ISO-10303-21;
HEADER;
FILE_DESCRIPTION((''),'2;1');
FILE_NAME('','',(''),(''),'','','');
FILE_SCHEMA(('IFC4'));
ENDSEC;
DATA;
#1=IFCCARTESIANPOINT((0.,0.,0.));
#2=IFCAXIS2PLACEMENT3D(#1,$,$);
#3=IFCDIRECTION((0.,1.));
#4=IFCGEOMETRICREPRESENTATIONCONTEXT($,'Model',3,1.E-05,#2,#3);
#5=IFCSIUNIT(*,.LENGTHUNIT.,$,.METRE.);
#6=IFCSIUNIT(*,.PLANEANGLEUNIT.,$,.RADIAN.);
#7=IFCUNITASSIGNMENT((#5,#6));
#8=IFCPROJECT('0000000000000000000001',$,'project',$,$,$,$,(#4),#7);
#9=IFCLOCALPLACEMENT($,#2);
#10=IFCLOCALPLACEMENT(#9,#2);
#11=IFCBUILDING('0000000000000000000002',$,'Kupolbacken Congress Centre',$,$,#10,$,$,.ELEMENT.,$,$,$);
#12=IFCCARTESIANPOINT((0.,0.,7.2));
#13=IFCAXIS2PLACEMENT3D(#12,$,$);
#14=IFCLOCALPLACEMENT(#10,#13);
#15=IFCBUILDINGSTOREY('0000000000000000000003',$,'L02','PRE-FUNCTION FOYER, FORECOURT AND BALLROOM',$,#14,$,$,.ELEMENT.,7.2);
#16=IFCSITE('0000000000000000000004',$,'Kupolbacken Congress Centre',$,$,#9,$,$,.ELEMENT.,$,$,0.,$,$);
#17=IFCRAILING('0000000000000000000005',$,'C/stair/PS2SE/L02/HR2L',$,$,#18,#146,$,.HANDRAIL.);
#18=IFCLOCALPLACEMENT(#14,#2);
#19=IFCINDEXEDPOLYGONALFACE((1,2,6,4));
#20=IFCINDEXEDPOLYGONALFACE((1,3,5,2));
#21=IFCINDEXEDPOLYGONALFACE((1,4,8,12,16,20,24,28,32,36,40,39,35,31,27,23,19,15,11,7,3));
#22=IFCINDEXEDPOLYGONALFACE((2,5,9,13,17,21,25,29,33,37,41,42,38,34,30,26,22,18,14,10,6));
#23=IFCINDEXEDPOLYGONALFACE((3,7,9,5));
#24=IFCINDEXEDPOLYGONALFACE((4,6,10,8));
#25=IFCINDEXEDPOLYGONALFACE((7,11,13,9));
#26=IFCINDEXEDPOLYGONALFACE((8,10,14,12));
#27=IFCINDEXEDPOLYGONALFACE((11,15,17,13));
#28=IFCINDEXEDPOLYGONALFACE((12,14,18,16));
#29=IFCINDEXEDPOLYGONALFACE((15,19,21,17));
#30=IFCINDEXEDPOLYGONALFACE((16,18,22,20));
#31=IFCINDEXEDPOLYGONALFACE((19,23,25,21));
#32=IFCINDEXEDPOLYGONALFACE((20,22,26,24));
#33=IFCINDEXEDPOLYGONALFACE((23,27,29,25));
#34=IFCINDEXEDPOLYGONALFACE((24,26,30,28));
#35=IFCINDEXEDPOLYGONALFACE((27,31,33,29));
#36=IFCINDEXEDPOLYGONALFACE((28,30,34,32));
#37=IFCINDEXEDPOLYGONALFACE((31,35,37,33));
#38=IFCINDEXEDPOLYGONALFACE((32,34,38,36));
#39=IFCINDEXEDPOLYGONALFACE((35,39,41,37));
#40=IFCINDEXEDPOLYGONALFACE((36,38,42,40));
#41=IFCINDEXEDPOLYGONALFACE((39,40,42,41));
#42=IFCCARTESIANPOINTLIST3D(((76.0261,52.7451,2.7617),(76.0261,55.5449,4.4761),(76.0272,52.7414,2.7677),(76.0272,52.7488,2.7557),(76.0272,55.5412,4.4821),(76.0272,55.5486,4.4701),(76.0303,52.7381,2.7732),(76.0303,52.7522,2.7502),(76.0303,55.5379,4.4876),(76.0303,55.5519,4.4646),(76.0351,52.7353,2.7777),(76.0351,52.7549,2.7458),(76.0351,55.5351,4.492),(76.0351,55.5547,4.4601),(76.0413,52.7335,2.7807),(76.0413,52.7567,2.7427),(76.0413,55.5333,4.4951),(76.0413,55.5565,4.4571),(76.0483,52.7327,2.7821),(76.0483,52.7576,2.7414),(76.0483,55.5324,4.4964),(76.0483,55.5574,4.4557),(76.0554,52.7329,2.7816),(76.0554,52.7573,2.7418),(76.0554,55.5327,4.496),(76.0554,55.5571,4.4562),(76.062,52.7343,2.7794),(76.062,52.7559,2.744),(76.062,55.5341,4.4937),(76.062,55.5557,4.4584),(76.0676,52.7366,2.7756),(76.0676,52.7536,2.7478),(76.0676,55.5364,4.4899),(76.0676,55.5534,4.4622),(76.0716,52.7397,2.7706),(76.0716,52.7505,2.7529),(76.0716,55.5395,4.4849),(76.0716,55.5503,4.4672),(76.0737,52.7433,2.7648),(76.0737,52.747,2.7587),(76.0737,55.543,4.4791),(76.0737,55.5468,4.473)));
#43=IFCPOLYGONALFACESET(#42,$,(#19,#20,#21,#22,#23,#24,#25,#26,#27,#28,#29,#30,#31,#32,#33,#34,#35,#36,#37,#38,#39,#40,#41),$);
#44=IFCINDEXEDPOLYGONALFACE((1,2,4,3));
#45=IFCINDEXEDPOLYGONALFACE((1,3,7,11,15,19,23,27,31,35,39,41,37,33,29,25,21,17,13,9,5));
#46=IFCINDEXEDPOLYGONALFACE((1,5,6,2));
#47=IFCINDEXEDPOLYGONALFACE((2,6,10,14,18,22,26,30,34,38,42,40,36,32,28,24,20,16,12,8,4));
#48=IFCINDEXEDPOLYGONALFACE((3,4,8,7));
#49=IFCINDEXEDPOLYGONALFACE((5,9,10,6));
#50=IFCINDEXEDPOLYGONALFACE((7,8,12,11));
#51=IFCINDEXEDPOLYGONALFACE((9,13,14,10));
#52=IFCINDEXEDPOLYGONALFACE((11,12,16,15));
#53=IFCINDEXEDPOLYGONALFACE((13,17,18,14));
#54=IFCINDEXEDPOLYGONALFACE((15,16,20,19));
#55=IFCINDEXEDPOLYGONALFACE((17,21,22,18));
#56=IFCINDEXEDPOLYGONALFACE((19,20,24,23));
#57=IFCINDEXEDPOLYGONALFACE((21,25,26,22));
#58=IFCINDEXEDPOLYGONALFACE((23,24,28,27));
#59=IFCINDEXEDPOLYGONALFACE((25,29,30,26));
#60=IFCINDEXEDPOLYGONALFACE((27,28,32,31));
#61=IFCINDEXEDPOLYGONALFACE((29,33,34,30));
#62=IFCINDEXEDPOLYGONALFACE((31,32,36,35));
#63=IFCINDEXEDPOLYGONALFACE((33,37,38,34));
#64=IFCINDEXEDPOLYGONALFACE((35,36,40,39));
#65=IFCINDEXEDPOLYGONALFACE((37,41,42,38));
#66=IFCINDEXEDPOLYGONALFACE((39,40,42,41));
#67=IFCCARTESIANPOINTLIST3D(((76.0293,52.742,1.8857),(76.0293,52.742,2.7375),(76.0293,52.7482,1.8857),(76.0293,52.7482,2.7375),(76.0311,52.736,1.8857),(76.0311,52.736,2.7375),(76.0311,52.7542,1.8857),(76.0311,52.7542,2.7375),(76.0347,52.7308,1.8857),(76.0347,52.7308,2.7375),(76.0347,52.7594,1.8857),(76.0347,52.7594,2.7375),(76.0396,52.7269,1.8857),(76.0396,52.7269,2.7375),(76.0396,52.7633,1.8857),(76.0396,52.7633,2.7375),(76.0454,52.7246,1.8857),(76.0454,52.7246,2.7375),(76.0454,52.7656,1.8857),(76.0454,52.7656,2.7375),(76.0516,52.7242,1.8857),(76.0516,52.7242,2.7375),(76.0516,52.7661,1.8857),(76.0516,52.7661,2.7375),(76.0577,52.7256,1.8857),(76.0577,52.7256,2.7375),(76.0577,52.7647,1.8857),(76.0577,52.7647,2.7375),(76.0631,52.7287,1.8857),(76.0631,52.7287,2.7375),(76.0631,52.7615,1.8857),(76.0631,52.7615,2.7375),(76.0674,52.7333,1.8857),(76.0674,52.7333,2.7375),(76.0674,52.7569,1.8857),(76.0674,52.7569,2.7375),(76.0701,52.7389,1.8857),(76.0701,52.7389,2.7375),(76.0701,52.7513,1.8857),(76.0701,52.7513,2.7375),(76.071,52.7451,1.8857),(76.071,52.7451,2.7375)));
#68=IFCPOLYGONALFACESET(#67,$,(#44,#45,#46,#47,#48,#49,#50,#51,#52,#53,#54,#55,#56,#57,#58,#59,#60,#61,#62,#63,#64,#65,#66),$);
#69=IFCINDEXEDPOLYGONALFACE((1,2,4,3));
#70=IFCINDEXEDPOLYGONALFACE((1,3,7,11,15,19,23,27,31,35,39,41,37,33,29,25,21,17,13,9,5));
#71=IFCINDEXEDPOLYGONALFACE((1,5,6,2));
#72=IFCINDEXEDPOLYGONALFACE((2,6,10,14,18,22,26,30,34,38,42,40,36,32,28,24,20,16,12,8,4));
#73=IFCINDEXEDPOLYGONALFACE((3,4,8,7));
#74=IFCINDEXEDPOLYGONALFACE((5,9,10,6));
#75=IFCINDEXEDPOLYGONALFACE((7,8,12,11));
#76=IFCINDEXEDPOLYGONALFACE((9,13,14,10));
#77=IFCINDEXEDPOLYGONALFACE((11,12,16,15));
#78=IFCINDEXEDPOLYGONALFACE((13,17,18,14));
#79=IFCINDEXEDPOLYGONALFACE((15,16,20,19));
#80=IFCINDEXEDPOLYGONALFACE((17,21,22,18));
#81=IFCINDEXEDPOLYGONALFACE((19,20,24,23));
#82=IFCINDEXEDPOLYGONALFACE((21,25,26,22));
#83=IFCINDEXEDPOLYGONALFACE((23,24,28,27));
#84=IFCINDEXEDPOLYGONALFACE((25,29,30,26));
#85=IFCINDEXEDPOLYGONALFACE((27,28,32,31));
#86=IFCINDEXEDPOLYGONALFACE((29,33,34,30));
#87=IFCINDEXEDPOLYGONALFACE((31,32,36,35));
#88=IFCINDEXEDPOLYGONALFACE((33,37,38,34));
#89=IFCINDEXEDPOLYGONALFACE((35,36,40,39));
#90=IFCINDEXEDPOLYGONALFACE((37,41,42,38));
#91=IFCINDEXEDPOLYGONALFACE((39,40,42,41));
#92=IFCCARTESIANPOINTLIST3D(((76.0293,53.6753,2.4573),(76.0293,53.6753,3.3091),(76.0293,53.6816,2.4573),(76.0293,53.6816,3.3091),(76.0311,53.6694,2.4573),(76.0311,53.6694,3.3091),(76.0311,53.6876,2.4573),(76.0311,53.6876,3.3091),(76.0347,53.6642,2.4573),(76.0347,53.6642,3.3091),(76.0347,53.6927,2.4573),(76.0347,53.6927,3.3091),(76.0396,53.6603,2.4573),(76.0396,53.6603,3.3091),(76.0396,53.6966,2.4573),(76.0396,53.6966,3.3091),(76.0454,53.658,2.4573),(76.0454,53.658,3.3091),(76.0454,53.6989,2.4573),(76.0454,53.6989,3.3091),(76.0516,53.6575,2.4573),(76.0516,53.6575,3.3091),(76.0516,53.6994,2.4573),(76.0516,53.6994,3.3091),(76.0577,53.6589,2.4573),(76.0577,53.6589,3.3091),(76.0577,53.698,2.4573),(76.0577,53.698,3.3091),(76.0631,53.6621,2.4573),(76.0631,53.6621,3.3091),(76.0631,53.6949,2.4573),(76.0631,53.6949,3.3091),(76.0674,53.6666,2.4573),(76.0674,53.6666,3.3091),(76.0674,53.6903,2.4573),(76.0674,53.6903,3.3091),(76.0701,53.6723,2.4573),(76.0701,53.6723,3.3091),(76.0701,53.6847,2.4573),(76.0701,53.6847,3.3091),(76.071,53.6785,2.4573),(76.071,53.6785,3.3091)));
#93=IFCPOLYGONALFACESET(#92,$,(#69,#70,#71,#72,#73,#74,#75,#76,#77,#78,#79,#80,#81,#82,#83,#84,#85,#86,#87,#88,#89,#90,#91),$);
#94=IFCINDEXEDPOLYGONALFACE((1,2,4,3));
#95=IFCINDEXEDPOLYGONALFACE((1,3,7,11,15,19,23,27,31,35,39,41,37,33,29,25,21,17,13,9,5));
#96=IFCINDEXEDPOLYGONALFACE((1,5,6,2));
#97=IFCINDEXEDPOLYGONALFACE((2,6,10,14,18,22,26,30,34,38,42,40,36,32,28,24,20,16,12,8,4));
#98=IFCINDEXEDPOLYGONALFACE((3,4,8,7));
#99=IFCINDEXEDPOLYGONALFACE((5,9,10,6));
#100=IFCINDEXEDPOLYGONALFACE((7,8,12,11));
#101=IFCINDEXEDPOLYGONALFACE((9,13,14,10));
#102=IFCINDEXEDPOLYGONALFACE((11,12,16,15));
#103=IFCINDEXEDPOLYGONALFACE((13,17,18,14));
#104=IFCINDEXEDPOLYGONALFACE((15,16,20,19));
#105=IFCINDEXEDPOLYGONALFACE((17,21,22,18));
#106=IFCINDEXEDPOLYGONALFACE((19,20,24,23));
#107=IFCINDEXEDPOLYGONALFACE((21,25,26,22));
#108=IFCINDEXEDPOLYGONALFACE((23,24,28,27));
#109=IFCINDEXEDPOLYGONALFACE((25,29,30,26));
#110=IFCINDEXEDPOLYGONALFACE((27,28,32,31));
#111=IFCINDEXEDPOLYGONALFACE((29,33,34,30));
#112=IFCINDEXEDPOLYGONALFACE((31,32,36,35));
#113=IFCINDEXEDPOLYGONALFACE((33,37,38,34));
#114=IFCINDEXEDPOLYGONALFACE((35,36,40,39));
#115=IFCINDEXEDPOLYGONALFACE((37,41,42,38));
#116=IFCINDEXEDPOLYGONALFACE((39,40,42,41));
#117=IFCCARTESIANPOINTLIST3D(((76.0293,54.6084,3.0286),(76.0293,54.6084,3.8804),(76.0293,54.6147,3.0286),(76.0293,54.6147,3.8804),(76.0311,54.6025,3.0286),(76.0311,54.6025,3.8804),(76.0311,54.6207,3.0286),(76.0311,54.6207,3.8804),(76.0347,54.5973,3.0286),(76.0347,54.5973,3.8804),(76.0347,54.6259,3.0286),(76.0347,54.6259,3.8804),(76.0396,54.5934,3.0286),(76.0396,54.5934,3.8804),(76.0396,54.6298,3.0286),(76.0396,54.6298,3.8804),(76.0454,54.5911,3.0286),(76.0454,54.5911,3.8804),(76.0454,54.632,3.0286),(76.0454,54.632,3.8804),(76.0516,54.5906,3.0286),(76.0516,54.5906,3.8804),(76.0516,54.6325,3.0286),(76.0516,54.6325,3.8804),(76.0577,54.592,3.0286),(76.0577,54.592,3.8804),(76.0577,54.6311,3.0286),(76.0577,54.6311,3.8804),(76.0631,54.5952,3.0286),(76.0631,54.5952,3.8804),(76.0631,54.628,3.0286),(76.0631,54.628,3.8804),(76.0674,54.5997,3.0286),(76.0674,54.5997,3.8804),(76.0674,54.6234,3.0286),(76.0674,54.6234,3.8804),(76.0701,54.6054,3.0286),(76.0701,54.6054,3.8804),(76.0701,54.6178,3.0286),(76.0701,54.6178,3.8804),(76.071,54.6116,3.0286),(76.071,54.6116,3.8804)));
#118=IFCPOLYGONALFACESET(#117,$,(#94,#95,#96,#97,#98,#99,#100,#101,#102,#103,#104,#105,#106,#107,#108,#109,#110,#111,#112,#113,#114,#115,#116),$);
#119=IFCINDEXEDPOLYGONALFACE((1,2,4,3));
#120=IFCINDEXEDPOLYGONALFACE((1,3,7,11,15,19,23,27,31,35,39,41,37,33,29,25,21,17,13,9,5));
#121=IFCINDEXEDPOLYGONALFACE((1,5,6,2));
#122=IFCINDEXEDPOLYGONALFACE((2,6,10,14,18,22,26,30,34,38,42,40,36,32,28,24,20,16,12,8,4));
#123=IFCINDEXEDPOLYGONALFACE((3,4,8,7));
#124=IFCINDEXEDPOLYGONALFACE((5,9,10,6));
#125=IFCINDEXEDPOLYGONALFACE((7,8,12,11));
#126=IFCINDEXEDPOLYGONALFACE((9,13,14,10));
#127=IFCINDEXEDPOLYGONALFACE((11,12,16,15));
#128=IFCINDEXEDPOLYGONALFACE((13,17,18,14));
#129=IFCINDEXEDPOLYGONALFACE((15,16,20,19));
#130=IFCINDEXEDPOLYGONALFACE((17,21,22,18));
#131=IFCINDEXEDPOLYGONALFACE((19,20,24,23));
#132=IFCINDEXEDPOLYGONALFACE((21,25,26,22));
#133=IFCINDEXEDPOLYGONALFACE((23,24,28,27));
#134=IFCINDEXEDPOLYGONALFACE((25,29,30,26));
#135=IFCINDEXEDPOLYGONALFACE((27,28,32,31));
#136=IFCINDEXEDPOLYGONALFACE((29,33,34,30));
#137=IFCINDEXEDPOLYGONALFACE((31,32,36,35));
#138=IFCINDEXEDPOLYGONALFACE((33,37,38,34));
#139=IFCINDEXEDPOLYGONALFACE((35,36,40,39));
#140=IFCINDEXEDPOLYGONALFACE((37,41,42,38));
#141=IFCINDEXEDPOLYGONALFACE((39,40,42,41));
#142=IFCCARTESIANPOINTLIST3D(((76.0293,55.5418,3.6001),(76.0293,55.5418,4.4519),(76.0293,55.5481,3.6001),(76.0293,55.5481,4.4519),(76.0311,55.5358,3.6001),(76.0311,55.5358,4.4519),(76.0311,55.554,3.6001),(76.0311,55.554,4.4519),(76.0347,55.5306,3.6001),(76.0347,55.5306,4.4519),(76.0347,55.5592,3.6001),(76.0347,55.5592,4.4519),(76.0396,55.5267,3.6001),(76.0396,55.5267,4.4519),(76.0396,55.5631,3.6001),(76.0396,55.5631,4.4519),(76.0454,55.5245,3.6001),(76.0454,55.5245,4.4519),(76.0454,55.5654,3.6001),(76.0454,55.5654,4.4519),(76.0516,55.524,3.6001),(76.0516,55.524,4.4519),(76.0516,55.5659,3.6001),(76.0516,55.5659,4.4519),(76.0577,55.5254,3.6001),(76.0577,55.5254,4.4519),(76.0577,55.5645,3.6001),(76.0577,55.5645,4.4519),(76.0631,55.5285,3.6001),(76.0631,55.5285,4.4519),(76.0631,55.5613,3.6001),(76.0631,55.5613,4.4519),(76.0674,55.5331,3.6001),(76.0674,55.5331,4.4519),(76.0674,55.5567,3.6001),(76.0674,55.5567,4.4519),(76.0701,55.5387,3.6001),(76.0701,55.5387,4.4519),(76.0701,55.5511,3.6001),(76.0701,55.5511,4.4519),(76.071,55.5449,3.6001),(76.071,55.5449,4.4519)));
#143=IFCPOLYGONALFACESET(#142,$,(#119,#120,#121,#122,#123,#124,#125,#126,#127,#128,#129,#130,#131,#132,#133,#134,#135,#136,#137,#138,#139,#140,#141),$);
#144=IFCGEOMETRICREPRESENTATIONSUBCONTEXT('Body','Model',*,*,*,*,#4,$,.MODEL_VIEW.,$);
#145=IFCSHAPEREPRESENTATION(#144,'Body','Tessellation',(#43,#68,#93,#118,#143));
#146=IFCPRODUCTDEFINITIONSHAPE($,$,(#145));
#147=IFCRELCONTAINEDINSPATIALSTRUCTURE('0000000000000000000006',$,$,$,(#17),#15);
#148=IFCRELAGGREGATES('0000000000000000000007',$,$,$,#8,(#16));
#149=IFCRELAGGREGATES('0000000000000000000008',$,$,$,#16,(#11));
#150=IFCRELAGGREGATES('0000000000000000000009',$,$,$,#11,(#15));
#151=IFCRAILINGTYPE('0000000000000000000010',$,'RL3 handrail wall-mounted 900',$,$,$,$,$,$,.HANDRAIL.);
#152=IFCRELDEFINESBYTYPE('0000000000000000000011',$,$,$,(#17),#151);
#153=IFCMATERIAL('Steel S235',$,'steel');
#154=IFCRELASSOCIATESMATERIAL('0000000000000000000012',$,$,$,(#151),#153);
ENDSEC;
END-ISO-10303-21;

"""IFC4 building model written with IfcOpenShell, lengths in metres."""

from ifc_helpers import new_model, si_unit, direction, frame, origin, origin_2d, place, context, subcontext, project, spatial, circle, extrude, material, type_object, element, save


model = new_model("IFC4")

# Units and contexts
model_context = context("Model", 3, precision=1e-05, world=origin(), true_north=direction((0.0, 1.0)))
body_context = subcontext(model_context, "Body", "Model", "MODEL_VIEW")
ifc_project = project(units=[si_unit("LENGTHUNIT", "METRE"), si_unit("PLANEANGLEUNIT", "RADIAN")], contexts=[model_context])

# Site, building, storey
site_placement = place(None, origin())
site = spatial("IfcSite", under=ifc_project, at=site_placement, Name="Kupolbacken Congress Centre", CompositionType="ELEMENT", RefElevation=0.0)
building_placement = place(site_placement, origin())
building = spatial("IfcBuilding", under=site, at=building_placement, Name="Kupolbacken Congress Centre", CompositionType="ELEMENT")
storey_placement = place(building_placement, frame((0.0, 0.0, 7.2)))
storey = spatial("IfcBuildingStorey", under=building, at=storey_placement, Name="L02", Description="PRE-FUNCTION FOYER, FORECOURT AND BALLROOM", CompositionType="ELEMENT", Elevation=7.2)

# Railing
ifc_material_1 = material(Name="Steel S235", Category="steel")
railing_type = type_object("IfcRailingType", Name="RL3 handrail wall-mounted 900", PredefinedType="HANDRAIL", material=ifc_material_1)
for number, where, name in (
    (1, (76.05, 52.7451, 1.8857), "C/stair/PS2SE/L02/HR2L"),
):
    element("IfcRailing", number, at=place(storey_placement, frame(where)), inside=storey, type_object=railing_type, Name=name, PredefinedType="HANDRAIL", context=body_context, shape_type="SweptSolid", body=[
        extrude(circle(Radius=0.0239, at=origin_2d()), frame((0.0, 0.0, 0.876), z_axis=(0.0, 0.852826, 0.522196), x_axis=(-1.0, 0.0, 0.0)), (0.0, 0.0, 1.0), 3.283),
        extrude(circle(Radius=0.021, at=origin_2d()), origin(), (0.0, 0.0, 1.0), 0.8518),
        extrude(circle(Radius=0.021, at=origin_2d()), frame((0.0, 0.9333, 0.5715)), (0.0, 0.0, 1.0), 0.8518),
        extrude(circle(Radius=0.021, at=origin_2d()), frame((0.0, 1.8665, 1.1428)), (0.0, 0.0, 1.0), 0.8518),
        extrude(circle(Radius=0.021, at=origin_2d()), frame((0.0, 2.7998, 1.7144)), (0.0, 0.0, 1.0), 0.8518),
    ])

save(model, "model.ifc")
